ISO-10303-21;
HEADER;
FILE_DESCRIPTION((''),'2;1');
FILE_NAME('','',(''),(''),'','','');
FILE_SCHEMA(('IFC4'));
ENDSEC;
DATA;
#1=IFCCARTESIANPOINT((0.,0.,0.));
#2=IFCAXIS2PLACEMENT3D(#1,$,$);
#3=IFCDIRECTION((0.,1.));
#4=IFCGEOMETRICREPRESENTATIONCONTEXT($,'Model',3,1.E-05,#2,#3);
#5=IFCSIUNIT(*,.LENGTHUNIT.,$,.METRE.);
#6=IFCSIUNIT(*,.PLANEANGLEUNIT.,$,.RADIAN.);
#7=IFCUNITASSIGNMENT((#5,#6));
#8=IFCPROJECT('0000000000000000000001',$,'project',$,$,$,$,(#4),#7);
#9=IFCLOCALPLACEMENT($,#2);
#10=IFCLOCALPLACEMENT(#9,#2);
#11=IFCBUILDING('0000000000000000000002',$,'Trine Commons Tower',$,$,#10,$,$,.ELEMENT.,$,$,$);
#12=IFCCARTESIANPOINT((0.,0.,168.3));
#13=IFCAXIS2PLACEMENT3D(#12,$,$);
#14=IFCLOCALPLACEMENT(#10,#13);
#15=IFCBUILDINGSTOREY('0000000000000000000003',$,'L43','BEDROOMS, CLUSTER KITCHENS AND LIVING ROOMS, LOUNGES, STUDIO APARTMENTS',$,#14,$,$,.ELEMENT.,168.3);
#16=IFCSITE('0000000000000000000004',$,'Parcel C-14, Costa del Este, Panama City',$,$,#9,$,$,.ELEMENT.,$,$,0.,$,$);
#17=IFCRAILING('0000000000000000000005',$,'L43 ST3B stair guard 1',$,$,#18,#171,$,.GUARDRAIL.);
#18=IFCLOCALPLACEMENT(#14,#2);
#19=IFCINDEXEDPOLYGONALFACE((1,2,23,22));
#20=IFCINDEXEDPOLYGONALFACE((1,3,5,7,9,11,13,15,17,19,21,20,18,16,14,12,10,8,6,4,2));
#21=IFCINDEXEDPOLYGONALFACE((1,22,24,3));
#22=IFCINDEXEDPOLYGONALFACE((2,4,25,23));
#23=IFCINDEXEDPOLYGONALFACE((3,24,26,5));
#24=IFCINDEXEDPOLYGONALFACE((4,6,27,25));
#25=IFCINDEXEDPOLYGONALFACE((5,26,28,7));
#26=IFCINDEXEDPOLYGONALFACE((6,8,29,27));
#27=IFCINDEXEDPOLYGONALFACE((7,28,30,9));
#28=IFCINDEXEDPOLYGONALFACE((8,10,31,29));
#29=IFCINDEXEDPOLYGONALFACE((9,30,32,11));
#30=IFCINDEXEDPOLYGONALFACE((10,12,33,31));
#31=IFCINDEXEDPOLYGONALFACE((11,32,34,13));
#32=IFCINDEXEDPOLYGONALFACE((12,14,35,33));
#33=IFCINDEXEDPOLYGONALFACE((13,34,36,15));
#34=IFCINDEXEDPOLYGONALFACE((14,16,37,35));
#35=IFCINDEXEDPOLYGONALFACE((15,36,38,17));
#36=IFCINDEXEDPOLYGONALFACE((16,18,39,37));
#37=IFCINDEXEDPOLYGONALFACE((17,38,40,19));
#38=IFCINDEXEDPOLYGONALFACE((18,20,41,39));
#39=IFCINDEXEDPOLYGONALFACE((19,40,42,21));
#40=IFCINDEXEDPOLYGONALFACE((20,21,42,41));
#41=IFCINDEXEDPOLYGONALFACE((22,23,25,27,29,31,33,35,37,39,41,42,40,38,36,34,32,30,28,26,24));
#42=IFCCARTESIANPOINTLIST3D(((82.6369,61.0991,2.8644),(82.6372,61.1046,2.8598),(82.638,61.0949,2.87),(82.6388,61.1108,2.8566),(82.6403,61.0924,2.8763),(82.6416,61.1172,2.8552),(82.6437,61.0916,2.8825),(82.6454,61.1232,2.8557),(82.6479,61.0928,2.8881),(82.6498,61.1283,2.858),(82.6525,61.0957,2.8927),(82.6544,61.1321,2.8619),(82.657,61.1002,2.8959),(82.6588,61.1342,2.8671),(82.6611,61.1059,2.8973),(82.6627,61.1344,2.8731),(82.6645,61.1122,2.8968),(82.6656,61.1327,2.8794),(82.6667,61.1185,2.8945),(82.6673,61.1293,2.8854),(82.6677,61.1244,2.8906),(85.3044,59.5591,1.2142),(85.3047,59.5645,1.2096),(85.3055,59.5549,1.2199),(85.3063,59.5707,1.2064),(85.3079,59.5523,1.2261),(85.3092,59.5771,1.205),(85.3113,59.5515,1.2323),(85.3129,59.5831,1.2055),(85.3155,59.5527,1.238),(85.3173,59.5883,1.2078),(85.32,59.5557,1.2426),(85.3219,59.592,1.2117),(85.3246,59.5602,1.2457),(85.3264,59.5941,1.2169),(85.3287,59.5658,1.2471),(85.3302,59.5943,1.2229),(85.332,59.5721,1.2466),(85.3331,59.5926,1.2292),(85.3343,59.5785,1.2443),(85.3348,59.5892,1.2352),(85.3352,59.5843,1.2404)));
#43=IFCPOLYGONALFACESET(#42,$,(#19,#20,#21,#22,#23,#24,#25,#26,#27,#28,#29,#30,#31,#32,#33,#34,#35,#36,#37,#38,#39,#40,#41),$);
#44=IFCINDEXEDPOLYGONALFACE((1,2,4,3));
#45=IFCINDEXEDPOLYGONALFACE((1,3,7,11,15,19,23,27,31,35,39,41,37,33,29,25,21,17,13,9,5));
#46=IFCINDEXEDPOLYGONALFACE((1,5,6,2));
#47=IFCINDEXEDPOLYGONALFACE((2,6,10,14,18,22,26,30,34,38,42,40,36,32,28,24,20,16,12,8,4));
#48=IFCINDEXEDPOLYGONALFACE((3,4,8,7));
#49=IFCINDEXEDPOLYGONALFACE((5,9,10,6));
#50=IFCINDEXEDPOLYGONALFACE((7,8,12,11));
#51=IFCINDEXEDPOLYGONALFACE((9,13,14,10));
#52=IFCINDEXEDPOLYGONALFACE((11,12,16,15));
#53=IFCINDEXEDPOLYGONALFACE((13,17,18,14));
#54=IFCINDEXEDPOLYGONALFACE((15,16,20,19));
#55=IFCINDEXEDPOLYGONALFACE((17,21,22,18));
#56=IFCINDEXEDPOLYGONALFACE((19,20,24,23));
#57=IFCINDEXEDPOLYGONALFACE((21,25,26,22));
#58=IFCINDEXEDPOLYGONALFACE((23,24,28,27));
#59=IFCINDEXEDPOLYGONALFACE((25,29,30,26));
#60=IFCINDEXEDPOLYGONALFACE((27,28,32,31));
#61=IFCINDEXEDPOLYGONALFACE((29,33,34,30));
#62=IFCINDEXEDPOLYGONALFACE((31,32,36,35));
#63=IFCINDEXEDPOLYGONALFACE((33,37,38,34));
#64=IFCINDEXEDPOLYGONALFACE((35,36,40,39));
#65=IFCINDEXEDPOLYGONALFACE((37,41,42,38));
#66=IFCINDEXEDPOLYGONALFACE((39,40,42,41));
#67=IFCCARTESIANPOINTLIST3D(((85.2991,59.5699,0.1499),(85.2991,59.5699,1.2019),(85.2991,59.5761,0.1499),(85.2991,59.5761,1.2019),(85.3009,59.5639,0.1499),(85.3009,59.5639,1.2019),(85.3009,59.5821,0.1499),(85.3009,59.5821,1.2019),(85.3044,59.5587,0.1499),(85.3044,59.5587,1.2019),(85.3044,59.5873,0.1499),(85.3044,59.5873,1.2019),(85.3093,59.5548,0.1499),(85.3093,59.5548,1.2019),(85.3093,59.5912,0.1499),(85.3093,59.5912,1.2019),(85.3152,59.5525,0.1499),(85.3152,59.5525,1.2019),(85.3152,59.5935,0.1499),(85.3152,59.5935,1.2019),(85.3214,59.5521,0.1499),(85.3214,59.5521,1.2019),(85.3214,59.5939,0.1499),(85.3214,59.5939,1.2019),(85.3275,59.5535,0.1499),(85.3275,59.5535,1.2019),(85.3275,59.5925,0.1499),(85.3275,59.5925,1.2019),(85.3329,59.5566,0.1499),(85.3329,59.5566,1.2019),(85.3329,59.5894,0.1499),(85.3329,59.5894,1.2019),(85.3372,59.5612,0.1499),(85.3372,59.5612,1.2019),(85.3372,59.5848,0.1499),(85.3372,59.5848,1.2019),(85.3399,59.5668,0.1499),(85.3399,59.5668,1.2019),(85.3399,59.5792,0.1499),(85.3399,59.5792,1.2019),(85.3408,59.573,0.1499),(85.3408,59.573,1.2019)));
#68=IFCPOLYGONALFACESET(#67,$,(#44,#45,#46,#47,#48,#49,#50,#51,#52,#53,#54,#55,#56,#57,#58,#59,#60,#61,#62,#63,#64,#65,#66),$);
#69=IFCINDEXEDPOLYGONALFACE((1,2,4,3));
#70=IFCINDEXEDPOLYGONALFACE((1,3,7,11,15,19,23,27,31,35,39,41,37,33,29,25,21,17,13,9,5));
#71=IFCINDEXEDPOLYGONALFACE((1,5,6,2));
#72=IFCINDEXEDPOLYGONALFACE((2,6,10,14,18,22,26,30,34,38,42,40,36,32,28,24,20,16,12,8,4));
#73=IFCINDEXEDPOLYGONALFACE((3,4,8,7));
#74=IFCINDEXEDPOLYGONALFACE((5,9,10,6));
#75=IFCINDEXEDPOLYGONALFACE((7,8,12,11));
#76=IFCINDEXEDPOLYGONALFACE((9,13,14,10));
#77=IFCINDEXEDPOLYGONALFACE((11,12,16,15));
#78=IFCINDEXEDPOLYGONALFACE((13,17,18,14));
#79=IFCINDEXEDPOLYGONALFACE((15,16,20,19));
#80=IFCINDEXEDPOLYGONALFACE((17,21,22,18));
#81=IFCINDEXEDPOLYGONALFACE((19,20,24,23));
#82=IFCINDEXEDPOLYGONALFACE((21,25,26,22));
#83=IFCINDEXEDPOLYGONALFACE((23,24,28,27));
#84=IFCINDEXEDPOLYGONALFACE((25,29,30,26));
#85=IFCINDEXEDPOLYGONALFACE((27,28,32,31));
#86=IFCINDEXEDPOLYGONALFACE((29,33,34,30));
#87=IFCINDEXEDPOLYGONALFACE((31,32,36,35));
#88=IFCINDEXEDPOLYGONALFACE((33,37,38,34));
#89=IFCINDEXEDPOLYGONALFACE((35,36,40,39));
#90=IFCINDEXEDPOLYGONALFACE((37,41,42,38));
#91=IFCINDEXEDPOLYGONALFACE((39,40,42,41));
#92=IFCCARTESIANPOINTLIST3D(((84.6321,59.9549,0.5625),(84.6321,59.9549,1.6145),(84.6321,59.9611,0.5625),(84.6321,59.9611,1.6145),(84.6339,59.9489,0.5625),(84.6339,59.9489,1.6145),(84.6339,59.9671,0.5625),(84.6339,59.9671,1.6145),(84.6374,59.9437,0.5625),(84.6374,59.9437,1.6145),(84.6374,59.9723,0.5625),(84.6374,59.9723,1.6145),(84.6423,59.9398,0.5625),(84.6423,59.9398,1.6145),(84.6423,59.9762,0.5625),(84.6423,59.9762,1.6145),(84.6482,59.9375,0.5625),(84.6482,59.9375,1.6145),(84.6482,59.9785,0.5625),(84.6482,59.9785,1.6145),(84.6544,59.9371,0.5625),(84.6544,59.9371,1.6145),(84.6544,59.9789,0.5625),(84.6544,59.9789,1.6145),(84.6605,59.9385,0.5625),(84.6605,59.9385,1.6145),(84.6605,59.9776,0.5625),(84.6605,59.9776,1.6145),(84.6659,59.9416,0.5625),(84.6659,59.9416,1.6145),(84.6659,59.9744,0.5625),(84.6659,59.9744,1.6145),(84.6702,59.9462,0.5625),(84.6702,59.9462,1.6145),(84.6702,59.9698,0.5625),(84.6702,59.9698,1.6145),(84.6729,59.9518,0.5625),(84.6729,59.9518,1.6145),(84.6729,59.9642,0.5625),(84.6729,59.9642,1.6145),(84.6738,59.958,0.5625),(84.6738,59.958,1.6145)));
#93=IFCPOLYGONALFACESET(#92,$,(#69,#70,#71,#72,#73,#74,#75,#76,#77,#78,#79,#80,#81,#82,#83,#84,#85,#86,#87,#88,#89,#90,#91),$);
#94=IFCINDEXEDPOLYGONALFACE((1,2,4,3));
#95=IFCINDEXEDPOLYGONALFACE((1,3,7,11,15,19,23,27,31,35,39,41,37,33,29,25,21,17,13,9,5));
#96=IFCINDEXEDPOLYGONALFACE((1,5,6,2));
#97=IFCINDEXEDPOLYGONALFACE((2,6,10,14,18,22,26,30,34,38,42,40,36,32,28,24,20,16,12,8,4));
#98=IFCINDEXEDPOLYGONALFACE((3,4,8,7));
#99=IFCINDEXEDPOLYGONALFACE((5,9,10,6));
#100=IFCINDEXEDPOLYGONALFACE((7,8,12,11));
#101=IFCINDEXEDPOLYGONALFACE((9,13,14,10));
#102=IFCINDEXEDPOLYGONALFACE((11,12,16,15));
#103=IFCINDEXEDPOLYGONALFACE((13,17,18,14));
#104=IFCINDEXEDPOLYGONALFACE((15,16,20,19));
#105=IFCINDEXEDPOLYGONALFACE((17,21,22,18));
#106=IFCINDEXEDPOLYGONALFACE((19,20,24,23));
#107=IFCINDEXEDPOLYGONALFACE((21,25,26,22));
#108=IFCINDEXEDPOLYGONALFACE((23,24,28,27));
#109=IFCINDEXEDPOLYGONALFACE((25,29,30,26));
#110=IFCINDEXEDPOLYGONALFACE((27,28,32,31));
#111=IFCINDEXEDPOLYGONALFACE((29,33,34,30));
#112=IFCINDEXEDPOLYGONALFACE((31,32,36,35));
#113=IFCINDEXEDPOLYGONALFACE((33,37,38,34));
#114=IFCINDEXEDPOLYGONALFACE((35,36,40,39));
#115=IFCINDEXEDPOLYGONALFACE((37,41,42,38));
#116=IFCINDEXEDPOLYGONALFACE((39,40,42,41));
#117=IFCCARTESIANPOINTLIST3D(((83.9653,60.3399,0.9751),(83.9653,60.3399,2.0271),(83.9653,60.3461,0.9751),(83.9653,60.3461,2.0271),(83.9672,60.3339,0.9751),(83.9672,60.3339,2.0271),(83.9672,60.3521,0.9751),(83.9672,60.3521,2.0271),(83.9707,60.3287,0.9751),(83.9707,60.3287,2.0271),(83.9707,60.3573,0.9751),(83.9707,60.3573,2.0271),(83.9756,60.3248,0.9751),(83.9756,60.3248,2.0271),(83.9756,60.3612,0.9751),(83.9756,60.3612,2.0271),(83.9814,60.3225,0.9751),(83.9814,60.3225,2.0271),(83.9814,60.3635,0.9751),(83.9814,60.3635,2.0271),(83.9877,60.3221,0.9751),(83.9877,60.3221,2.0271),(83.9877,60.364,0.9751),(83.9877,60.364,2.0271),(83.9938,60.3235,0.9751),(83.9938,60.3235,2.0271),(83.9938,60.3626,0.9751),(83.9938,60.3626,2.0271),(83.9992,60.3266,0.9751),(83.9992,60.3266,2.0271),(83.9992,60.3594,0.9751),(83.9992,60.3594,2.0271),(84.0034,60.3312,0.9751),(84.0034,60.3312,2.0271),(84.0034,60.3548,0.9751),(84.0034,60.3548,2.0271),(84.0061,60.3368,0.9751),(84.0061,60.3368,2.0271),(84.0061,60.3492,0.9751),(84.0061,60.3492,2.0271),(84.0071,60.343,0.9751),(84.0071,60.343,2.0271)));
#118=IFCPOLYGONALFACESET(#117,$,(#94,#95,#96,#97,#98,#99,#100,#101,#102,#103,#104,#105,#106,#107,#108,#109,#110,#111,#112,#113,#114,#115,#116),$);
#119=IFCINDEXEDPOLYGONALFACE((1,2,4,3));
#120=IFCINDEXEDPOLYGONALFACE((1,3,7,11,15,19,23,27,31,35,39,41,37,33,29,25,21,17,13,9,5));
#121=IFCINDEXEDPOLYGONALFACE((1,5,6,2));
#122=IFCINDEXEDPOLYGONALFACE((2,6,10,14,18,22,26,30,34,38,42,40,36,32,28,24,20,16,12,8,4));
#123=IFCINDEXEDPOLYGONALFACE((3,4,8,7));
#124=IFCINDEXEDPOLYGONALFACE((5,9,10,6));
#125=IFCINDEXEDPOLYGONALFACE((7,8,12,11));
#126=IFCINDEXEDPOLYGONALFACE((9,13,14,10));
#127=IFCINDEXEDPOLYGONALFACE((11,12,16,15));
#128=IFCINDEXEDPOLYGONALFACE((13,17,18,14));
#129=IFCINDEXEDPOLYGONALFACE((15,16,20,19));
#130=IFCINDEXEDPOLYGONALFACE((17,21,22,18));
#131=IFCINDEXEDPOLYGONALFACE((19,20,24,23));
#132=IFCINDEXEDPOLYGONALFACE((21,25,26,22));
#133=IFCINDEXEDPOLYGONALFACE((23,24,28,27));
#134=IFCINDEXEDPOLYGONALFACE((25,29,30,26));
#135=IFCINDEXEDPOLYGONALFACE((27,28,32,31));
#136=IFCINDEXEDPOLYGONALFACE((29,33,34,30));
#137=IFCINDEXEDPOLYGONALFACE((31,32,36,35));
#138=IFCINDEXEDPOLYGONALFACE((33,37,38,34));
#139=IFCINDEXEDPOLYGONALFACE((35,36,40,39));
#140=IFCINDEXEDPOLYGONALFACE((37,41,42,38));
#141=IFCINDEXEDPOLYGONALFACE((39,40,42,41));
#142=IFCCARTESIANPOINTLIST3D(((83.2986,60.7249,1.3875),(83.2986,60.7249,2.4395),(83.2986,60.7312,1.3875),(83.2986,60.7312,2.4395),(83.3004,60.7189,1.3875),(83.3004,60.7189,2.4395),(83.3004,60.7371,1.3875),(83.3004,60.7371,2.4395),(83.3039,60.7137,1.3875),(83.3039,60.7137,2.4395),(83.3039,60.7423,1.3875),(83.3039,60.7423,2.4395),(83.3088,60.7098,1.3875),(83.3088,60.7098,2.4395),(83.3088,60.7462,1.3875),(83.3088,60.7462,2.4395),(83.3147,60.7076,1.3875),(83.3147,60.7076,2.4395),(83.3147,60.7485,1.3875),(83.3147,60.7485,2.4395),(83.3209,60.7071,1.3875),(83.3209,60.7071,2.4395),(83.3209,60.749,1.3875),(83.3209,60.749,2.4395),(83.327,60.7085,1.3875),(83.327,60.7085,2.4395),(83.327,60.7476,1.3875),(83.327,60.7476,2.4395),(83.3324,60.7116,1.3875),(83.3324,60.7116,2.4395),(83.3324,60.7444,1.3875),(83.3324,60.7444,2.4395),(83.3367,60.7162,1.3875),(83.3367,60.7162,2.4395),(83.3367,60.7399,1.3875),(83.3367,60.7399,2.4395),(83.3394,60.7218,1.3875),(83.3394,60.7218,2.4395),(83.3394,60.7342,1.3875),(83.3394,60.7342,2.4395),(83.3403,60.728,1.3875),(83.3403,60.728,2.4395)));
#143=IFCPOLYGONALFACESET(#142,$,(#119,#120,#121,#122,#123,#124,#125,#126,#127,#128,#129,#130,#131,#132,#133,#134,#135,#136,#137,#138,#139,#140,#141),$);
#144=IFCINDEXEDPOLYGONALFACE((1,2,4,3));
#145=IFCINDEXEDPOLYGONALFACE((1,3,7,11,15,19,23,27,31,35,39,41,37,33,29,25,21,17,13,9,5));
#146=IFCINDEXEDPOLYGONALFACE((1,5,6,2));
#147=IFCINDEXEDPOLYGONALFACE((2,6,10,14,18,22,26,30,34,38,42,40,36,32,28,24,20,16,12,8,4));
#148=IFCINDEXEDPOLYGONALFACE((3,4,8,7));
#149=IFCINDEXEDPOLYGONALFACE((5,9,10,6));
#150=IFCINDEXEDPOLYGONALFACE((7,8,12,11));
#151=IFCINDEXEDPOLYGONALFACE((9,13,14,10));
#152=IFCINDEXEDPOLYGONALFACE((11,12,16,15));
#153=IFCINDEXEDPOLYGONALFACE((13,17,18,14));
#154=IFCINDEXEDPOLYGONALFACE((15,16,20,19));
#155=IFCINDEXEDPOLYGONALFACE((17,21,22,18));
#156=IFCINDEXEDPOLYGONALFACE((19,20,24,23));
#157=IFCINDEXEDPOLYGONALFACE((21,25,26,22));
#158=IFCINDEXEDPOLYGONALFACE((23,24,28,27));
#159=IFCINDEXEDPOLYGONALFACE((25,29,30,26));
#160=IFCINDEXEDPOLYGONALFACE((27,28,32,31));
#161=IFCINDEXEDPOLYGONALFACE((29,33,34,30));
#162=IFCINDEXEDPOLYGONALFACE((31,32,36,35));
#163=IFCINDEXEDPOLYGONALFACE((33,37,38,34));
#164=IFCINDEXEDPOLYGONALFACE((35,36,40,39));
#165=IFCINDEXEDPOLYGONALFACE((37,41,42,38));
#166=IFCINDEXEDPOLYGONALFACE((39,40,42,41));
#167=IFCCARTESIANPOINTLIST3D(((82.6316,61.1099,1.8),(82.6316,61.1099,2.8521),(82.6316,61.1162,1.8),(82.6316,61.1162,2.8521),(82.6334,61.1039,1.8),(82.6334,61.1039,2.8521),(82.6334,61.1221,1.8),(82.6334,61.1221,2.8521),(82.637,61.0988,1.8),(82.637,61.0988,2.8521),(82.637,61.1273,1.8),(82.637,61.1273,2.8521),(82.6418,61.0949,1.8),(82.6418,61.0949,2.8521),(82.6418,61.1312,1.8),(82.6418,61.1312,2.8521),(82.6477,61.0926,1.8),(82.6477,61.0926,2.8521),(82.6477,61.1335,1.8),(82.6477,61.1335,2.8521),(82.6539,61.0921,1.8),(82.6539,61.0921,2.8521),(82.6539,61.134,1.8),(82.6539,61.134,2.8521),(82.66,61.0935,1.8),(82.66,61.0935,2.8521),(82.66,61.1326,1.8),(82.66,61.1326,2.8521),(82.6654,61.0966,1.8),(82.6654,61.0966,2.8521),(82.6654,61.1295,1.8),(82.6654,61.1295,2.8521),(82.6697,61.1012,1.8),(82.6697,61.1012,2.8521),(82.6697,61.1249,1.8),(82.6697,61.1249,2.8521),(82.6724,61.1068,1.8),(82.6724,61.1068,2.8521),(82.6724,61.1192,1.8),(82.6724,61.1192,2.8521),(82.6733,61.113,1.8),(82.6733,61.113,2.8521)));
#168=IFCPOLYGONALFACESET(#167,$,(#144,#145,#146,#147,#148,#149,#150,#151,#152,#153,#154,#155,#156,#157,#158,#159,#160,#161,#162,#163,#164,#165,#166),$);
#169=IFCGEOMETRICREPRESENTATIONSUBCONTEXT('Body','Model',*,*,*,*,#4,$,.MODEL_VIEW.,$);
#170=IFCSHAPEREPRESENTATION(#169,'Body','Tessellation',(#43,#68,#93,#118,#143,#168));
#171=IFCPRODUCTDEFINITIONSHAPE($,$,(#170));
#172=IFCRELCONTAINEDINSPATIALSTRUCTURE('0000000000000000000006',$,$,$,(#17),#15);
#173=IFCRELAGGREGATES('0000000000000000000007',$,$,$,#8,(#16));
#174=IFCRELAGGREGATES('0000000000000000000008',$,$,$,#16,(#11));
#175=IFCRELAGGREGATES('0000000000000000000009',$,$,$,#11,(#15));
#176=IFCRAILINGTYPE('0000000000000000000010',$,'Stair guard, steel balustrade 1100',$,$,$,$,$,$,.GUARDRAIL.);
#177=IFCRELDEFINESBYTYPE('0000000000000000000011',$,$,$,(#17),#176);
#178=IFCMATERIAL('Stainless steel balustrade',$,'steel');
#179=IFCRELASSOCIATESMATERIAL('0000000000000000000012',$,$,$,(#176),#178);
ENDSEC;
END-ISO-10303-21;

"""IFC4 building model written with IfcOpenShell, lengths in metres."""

from ifc_helpers import new_model, si_unit, direction, frame, origin, origin_2d, place, context, subcontext, project, spatial, circle, extrude, material, type_object, element, save


model = new_model("IFC4")

# Units and contexts
model_context = context("Model", 3, precision=1e-05, world=origin(), true_north=direction((0.0, 1.0)))
body_context = subcontext(model_context, "Body", "Model", "MODEL_VIEW")
ifc_project = project(units=[si_unit("LENGTHUNIT", "METRE"), si_unit("PLANEANGLEUNIT", "RADIAN")], contexts=[model_context])

# Site, building, storey
site_placement = place(None, origin())
site = spatial("IfcSite", under=ifc_project, at=site_placement, Name="Parcel C-14, Costa del Este, Panama City", CompositionType="ELEMENT", RefElevation=0.0)
building_placement = place(site_placement, origin())
building = spatial("IfcBuilding", under=site, at=building_placement, Name="Trine Commons Tower", CompositionType="ELEMENT")
storey_placement = place(building_placement, frame((0.0, 0.0, 168.3)))
storey = spatial("IfcBuildingStorey", under=building, at=storey_placement, Name="L43", Description="BEDROOMS, CLUSTER KITCHENS AND LIVING ROOMS, LOUNGES, STUDIO APARTMENTS", CompositionType="ELEMENT", Elevation=168.3)

# Railing
ifc_material_1 = material(Name="Stainless steel balustrade", Category="steel")
railing_type_1 = type_object("IfcRailingType", Name="Stair guard, steel balustrade 1100", PredefinedType="GUARDRAIL", material=ifc_material_1)
railing_1_placement = place(storey_placement, frame((85.3198, 59.573, 0.1499)))
element("IfcRailing", 1, at=railing_1_placement, inside=storey, type_object=railing_type_1, Name="L43 ST3B stair guard 1", PredefinedType="GUARDRAIL", context=body_context, shape_type="SweptSolid", body=[
    extrude(circle(Radius=0.0239, at=origin_2d()), frame((0.0, 0.0, 1.0762), z_axis=(-0.76338, 0.440728, 0.472239), x_axis=(-0.499992, -0.86603, 0.0)), (0.0, 0.0, 1.0), 3.4944),
    extrude(circle(Radius=0.021, at=origin_2d()), origin(), (0.0, 0.0, 1.0), 1.052),
    extrude(circle(Radius=0.021, at=origin_2d()), frame((-0.667, 0.385, 0.4126)), (0.0, 0.0, 1.0), 1.052),
    extrude(circle(Radius=0.021, at=origin_2d()), frame((-1.3337, 0.77, 0.8252)), (0.0, 0.0, 1.0), 1.052),
    extrude(circle(Radius=0.021, at=origin_2d()), frame((-2.0005, 1.155, 1.2375)), (0.0, 0.0, 1.0), 1.052),
    extrude(circle(Radius=0.021, at=origin_2d()), frame((-2.6675, 1.54, 1.6501)), (0.0, 0.0, 1.0), 1.052),
])

save(model, "model.ifc")
